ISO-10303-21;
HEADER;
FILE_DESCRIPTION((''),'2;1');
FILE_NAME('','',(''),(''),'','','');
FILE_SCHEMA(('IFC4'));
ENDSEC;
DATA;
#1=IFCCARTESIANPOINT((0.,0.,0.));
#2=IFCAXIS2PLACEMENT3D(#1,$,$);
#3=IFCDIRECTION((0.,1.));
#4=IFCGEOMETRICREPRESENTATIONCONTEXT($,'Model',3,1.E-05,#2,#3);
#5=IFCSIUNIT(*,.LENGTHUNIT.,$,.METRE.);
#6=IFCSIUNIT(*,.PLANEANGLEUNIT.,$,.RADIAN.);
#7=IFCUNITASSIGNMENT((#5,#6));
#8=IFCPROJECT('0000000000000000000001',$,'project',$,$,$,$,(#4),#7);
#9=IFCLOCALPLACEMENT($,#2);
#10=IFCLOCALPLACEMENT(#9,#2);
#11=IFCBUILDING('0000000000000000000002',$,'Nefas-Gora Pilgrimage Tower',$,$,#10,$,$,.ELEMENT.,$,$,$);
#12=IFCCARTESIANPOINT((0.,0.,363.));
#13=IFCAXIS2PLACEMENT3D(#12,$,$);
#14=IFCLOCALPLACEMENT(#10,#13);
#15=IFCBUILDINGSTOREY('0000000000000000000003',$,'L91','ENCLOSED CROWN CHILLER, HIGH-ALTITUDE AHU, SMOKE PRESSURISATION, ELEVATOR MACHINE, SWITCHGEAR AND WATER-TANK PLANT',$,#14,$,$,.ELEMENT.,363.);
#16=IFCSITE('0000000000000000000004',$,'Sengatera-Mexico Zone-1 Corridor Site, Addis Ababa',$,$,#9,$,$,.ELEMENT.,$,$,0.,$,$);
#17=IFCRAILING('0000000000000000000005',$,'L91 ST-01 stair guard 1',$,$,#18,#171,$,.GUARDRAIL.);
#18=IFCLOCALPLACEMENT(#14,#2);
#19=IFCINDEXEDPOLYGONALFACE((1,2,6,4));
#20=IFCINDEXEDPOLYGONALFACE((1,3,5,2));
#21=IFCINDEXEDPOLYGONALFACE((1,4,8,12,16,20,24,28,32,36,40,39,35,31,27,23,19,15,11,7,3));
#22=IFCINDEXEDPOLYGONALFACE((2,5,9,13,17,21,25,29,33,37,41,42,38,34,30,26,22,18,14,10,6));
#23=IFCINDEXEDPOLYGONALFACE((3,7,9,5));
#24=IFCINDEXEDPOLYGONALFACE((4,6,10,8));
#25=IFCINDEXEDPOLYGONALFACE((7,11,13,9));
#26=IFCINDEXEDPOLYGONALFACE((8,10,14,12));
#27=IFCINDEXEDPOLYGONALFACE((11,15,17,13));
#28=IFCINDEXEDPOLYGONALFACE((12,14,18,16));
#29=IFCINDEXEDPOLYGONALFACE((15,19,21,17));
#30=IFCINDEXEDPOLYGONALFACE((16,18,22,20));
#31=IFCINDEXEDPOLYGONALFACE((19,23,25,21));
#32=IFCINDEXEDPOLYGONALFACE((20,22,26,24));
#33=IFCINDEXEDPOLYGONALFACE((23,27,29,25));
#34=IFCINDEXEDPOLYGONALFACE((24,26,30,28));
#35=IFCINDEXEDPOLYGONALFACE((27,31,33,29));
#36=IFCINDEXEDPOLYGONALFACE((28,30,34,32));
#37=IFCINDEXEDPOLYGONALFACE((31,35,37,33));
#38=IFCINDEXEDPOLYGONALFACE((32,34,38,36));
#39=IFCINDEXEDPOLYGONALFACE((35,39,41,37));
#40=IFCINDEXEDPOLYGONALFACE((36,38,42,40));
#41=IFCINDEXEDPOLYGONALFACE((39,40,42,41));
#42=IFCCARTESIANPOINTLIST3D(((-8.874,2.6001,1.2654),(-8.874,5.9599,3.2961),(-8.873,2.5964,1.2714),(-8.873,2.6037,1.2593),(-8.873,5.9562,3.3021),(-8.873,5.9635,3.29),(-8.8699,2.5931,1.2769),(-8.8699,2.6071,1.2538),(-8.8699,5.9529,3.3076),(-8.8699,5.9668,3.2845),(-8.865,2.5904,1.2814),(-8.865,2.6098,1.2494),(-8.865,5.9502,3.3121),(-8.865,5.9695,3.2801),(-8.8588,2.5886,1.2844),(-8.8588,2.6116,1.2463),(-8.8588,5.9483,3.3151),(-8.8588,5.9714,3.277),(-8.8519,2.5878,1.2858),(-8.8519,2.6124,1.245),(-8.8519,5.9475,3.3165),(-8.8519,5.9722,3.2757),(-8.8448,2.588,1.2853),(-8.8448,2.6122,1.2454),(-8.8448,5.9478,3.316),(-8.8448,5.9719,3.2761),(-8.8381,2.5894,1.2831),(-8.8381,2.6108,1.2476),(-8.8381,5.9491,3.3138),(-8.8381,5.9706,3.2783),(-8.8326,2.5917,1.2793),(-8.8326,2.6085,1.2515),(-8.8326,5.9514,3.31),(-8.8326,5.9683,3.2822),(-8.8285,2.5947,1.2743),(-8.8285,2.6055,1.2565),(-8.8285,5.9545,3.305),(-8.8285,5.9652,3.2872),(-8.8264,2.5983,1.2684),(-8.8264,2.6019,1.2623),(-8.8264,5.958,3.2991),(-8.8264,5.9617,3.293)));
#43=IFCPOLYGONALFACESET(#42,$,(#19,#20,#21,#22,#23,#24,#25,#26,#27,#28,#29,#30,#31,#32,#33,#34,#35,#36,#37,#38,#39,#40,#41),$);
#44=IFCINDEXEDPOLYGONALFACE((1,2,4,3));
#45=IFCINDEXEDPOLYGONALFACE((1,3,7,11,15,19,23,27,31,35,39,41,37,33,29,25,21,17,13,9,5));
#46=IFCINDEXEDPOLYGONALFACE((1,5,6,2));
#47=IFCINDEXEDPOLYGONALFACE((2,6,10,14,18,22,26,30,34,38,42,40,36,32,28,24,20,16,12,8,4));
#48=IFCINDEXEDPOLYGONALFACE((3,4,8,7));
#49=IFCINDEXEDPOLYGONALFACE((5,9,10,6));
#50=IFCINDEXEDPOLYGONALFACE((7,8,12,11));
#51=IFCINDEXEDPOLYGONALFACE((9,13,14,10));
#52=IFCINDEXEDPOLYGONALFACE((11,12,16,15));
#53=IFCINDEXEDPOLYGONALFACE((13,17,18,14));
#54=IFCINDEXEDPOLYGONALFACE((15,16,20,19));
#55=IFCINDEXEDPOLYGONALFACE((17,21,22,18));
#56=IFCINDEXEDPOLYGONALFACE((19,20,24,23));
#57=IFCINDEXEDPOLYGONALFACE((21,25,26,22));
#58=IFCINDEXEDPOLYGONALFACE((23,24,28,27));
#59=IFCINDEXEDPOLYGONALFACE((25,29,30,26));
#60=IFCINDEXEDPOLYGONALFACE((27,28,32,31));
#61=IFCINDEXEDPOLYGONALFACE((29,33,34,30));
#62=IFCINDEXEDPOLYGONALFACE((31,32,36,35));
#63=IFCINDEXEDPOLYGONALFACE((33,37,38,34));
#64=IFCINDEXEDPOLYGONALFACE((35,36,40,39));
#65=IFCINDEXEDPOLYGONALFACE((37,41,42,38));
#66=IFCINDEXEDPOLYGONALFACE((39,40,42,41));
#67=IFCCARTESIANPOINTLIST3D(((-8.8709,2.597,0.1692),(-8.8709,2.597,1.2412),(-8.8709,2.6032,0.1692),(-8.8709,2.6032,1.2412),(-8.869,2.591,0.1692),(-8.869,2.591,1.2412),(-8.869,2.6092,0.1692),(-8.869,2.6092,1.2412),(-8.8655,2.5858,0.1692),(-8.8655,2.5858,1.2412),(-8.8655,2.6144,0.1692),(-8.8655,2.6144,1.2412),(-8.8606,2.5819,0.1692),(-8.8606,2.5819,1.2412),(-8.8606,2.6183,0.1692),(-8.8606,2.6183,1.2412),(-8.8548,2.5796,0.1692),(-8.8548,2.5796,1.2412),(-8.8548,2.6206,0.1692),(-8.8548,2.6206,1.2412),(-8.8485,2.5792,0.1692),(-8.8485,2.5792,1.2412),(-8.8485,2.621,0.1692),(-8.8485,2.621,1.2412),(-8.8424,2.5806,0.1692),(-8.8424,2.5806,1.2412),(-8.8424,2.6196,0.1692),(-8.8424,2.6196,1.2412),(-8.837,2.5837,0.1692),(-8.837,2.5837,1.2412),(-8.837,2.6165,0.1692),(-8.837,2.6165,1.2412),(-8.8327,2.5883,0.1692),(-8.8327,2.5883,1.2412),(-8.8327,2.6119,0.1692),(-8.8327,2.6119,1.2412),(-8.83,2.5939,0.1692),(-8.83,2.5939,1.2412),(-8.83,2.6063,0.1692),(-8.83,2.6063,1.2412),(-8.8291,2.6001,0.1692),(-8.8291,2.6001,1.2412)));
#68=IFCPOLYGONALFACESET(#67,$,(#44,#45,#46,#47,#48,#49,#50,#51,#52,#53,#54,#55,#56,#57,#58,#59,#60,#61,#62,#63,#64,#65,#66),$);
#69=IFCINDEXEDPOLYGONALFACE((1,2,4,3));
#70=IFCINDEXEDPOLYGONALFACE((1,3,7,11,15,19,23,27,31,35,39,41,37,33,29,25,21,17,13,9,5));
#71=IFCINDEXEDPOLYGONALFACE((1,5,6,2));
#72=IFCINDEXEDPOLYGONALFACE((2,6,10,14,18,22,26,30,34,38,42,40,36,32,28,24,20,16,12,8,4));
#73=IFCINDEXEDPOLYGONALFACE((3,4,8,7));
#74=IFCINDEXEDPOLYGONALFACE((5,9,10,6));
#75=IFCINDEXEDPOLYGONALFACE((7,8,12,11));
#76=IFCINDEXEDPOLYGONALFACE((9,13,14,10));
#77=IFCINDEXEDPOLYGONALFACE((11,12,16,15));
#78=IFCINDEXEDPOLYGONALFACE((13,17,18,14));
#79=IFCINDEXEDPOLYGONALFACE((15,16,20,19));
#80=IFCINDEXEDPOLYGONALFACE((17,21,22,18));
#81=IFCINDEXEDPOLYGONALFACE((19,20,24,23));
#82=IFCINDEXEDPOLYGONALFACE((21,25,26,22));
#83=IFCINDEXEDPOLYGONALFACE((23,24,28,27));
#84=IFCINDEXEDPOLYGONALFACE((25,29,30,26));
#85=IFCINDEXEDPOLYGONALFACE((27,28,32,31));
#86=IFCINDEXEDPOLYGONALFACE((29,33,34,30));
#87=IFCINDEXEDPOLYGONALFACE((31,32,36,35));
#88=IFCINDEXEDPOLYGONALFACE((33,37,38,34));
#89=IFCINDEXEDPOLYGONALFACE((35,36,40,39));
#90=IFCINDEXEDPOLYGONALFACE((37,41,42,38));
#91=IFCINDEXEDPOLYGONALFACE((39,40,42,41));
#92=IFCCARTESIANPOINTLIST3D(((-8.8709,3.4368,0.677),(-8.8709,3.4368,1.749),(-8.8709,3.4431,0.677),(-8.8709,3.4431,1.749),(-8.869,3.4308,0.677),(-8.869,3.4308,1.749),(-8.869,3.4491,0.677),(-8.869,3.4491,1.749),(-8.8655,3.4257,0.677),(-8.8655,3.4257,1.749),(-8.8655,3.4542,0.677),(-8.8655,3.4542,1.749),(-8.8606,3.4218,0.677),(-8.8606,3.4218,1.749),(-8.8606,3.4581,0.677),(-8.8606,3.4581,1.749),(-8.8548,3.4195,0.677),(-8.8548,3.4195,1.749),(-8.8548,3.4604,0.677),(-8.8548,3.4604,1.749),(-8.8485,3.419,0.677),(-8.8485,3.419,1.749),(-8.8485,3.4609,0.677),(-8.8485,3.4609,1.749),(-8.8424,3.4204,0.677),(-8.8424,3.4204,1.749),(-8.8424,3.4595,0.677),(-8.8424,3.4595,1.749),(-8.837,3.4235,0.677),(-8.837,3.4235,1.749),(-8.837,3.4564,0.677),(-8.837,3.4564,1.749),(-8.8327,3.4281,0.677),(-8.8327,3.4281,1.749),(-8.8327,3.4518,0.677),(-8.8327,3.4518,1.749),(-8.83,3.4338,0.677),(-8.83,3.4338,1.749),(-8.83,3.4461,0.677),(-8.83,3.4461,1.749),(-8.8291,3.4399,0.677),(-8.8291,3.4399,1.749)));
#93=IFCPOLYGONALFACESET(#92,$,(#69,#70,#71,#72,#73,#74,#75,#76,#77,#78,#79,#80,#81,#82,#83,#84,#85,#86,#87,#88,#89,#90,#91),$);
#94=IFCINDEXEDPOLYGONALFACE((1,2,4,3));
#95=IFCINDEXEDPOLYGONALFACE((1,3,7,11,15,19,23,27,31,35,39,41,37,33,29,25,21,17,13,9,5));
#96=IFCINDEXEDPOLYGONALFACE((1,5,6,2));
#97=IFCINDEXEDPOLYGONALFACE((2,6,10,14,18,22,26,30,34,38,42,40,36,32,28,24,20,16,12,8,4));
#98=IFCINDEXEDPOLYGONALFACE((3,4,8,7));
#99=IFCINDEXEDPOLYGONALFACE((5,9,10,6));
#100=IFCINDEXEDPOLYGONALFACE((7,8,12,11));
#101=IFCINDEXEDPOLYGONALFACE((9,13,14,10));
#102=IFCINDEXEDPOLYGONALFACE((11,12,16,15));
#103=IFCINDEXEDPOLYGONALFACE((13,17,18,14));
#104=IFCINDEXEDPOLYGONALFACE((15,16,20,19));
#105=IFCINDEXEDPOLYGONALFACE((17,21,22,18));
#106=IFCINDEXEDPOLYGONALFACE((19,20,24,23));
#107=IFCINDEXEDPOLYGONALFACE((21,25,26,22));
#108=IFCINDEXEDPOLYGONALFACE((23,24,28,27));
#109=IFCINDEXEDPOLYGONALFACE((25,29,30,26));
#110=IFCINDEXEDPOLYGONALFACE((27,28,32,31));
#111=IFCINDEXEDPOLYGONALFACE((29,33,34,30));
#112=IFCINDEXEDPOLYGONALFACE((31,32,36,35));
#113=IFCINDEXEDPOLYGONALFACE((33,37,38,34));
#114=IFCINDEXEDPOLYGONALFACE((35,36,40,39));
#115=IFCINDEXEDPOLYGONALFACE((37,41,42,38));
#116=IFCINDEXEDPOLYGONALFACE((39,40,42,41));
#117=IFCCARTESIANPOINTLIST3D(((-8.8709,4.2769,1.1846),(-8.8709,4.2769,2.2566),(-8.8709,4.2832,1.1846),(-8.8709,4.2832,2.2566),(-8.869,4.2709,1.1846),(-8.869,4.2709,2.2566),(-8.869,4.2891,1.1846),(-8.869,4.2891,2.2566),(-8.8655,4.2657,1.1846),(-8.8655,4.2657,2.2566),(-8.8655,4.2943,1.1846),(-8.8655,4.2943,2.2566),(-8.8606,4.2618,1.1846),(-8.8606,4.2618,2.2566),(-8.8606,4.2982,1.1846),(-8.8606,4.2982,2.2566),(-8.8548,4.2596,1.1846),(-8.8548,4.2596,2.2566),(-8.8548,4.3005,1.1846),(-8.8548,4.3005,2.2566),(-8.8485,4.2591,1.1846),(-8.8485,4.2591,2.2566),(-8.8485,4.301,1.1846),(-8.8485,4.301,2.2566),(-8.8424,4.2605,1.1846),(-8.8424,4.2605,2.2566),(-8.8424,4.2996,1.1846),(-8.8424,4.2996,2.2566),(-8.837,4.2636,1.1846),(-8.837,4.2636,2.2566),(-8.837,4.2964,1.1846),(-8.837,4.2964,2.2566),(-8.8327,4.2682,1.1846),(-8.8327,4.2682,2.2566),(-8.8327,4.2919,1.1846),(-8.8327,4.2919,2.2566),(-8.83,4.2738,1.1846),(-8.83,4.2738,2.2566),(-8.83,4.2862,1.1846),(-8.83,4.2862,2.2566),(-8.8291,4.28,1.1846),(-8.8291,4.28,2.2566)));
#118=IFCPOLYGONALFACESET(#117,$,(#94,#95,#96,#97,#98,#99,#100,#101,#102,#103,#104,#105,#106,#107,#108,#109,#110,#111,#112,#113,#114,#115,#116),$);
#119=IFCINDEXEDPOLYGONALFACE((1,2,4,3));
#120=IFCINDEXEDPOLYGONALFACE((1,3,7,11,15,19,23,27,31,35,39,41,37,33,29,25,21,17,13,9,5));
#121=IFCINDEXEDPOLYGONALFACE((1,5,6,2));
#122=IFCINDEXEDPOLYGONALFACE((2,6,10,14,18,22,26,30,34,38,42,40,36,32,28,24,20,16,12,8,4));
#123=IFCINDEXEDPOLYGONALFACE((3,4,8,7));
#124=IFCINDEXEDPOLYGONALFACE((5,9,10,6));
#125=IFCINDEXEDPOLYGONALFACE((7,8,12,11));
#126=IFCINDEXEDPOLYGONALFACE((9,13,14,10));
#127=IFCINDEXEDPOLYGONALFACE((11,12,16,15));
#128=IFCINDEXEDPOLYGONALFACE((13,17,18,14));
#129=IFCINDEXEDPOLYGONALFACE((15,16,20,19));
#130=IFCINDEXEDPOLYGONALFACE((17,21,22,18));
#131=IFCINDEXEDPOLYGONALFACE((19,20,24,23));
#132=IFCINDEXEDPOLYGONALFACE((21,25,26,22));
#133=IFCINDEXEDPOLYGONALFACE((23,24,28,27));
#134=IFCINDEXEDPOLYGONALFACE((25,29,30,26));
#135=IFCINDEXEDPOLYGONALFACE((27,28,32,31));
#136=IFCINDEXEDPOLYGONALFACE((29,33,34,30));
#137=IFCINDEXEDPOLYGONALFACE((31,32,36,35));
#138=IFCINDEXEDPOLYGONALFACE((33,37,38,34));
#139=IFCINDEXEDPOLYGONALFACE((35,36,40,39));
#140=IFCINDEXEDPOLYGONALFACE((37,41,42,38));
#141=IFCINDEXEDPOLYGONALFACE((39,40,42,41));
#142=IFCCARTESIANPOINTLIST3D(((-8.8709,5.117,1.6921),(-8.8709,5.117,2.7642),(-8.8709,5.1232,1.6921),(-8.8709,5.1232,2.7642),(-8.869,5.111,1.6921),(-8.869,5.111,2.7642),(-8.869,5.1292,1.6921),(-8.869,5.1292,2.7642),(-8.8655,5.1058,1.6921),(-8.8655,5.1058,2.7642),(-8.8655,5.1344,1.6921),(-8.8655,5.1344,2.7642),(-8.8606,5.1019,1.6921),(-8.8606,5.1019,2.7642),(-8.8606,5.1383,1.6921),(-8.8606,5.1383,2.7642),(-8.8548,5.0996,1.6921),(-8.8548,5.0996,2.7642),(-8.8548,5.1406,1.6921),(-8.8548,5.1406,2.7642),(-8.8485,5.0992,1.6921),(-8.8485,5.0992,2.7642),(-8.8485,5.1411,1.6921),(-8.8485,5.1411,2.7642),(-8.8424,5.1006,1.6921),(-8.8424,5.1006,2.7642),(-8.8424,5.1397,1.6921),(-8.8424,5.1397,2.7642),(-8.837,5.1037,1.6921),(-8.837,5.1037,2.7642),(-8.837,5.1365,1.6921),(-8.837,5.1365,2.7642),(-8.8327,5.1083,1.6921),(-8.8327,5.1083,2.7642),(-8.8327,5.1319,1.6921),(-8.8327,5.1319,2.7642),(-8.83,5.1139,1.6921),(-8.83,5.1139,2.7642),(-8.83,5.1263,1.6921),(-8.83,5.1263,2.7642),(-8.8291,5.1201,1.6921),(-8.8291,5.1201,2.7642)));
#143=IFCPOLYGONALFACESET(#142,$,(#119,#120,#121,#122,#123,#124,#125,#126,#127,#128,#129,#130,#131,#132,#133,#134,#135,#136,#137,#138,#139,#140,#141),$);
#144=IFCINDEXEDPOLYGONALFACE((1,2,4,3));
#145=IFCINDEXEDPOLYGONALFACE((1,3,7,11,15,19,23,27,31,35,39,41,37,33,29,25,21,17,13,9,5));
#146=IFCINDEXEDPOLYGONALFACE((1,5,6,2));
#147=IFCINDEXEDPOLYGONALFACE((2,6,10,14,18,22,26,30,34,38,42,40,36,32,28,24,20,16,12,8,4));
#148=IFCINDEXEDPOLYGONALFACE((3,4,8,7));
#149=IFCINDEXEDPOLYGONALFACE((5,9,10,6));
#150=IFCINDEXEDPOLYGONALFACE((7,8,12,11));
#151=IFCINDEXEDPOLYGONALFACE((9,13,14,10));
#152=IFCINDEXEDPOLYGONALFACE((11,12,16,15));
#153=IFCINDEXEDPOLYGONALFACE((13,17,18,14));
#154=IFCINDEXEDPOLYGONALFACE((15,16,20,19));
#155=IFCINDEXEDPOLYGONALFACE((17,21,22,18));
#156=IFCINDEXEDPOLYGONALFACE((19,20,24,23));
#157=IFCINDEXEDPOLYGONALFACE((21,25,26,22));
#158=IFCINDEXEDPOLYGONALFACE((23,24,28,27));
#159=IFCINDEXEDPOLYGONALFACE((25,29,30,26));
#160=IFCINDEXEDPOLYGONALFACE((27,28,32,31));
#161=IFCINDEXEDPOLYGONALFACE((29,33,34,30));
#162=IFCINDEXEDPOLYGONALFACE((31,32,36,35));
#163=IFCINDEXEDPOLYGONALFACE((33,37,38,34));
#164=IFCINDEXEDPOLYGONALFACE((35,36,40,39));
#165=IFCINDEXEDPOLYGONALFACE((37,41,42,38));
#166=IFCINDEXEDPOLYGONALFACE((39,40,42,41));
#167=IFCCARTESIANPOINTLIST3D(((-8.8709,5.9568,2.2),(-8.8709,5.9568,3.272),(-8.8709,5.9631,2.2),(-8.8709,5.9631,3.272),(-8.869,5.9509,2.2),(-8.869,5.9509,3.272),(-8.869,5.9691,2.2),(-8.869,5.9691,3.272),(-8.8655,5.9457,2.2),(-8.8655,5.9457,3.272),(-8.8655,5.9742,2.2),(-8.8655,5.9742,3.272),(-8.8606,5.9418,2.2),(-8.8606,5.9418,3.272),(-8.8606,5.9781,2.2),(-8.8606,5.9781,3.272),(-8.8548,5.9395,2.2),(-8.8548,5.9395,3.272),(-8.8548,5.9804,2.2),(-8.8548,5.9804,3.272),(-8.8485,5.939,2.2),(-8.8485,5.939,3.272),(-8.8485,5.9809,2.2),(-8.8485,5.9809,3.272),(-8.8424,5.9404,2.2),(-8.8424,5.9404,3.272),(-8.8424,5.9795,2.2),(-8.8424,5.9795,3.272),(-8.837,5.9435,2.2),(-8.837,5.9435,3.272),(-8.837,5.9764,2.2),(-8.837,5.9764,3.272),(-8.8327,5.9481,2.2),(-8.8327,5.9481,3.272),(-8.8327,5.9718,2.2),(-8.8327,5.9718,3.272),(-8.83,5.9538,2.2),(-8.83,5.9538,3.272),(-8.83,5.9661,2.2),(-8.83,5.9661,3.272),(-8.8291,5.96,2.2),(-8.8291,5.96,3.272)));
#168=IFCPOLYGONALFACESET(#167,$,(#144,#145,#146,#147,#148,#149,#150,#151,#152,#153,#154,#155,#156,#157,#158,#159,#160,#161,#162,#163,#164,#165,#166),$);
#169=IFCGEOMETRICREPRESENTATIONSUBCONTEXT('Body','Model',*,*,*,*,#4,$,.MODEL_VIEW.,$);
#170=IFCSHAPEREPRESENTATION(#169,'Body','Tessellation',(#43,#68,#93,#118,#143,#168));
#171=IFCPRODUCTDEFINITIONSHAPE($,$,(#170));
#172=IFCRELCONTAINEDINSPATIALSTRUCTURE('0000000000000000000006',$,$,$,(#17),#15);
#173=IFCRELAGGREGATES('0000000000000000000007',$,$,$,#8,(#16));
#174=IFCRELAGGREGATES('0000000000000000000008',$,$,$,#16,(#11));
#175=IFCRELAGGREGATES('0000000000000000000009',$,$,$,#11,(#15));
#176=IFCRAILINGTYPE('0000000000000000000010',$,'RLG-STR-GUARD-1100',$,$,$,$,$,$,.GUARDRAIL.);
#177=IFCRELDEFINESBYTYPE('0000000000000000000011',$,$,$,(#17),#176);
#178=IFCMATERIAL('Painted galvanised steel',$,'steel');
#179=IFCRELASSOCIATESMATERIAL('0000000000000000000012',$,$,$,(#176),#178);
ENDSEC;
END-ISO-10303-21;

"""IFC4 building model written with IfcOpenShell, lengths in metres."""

from ifc_helpers import new_model, si_unit, direction, frame, origin, origin_2d, place, context, subcontext, project, spatial, circle, extrude, material, type_object, element, save


model = new_model("IFC4")

# Units and contexts
model_context = context("Model", 3, precision=1e-05, world=origin(), true_north=direction((0.0, 1.0)))
body_context = subcontext(model_context, "Body", "Model", "MODEL_VIEW")
ifc_project = project(units=[si_unit("LENGTHUNIT", "METRE"), si_unit("PLANEANGLEUNIT", "RADIAN")], contexts=[model_context])

# Site, building, storey
site_placement = place(None, origin())
site = spatial("IfcSite", under=ifc_project, at=site_placement, Name="Sengatera-Mexico Zone-1 Corridor Site, Addis Ababa", CompositionType="ELEMENT", RefElevation=0.0)
building_placement = place(site_placement, origin())
building = spatial("IfcBuilding", under=site, at=building_placement, Name="Nefas-Gora Pilgrimage Tower", CompositionType="ELEMENT")
storey_placement = place(building_placement, frame((0.0, 0.0, 363.0)))
storey = spatial("IfcBuildingStorey", under=building, at=storey_placement, Name="L91", Description="ENCLOSED CROWN CHILLER, HIGH-ALTITUDE AHU, SMOKE PRESSURISATION, ELEVATOR MACHINE, SWITCHGEAR AND WATER-TANK PLANT", CompositionType="ELEMENT", Elevation=363.0)

# Railing
ifc_material_1 = material(Name="Painted galvanised steel", Category="steel")
railing_type_1 = type_object("IfcRailingType", Name="RLG-STR-GUARD-1100", PredefinedType="GUARDRAIL", material=ifc_material_1)
railing_1_placement = place(storey_placement, frame((-8.8501, 2.6001, 0.1692)))
element("IfcRailing", 1, at=railing_1_placement, inside=storey, type_object=railing_type_1, Name="L91 ST-01 stair guard 1", PredefinedType="GUARDRAIL", context=body_context, shape_type="SweptSolid", body=[
    extrude(circle(Radius=0.0239, at=origin_2d()), frame((0.0, 0.0, 1.0962), z_axis=(0.0, 0.85582, 0.517273), x_axis=(-1.0, 0.0, 0.0)), (0.0, 0.0, 1.0), 3.9258),
    extrude(circle(Radius=0.021, at=origin_2d()), origin(), (0.0, 0.0, 1.0), 1.072),
    extrude(circle(Radius=0.021, at=origin_2d()), frame((0.0, 0.8398, 0.5078)), (0.0, 0.0, 1.0), 1.072),
    extrude(circle(Radius=0.021, at=origin_2d()), frame((0.0, 1.6799, 1.0154)), (0.0, 0.0, 1.0), 1.072),
    extrude(circle(Radius=0.021, at=origin_2d()), frame((0.0, 2.52, 1.5229)), (0.0, 0.0, 1.0), 1.072),
    extrude(circle(Radius=0.021, at=origin_2d()), frame((0.0, 3.3599, 2.0308)), (0.0, 0.0, 1.0), 1.072),
])

save(model, "model.ifc")
